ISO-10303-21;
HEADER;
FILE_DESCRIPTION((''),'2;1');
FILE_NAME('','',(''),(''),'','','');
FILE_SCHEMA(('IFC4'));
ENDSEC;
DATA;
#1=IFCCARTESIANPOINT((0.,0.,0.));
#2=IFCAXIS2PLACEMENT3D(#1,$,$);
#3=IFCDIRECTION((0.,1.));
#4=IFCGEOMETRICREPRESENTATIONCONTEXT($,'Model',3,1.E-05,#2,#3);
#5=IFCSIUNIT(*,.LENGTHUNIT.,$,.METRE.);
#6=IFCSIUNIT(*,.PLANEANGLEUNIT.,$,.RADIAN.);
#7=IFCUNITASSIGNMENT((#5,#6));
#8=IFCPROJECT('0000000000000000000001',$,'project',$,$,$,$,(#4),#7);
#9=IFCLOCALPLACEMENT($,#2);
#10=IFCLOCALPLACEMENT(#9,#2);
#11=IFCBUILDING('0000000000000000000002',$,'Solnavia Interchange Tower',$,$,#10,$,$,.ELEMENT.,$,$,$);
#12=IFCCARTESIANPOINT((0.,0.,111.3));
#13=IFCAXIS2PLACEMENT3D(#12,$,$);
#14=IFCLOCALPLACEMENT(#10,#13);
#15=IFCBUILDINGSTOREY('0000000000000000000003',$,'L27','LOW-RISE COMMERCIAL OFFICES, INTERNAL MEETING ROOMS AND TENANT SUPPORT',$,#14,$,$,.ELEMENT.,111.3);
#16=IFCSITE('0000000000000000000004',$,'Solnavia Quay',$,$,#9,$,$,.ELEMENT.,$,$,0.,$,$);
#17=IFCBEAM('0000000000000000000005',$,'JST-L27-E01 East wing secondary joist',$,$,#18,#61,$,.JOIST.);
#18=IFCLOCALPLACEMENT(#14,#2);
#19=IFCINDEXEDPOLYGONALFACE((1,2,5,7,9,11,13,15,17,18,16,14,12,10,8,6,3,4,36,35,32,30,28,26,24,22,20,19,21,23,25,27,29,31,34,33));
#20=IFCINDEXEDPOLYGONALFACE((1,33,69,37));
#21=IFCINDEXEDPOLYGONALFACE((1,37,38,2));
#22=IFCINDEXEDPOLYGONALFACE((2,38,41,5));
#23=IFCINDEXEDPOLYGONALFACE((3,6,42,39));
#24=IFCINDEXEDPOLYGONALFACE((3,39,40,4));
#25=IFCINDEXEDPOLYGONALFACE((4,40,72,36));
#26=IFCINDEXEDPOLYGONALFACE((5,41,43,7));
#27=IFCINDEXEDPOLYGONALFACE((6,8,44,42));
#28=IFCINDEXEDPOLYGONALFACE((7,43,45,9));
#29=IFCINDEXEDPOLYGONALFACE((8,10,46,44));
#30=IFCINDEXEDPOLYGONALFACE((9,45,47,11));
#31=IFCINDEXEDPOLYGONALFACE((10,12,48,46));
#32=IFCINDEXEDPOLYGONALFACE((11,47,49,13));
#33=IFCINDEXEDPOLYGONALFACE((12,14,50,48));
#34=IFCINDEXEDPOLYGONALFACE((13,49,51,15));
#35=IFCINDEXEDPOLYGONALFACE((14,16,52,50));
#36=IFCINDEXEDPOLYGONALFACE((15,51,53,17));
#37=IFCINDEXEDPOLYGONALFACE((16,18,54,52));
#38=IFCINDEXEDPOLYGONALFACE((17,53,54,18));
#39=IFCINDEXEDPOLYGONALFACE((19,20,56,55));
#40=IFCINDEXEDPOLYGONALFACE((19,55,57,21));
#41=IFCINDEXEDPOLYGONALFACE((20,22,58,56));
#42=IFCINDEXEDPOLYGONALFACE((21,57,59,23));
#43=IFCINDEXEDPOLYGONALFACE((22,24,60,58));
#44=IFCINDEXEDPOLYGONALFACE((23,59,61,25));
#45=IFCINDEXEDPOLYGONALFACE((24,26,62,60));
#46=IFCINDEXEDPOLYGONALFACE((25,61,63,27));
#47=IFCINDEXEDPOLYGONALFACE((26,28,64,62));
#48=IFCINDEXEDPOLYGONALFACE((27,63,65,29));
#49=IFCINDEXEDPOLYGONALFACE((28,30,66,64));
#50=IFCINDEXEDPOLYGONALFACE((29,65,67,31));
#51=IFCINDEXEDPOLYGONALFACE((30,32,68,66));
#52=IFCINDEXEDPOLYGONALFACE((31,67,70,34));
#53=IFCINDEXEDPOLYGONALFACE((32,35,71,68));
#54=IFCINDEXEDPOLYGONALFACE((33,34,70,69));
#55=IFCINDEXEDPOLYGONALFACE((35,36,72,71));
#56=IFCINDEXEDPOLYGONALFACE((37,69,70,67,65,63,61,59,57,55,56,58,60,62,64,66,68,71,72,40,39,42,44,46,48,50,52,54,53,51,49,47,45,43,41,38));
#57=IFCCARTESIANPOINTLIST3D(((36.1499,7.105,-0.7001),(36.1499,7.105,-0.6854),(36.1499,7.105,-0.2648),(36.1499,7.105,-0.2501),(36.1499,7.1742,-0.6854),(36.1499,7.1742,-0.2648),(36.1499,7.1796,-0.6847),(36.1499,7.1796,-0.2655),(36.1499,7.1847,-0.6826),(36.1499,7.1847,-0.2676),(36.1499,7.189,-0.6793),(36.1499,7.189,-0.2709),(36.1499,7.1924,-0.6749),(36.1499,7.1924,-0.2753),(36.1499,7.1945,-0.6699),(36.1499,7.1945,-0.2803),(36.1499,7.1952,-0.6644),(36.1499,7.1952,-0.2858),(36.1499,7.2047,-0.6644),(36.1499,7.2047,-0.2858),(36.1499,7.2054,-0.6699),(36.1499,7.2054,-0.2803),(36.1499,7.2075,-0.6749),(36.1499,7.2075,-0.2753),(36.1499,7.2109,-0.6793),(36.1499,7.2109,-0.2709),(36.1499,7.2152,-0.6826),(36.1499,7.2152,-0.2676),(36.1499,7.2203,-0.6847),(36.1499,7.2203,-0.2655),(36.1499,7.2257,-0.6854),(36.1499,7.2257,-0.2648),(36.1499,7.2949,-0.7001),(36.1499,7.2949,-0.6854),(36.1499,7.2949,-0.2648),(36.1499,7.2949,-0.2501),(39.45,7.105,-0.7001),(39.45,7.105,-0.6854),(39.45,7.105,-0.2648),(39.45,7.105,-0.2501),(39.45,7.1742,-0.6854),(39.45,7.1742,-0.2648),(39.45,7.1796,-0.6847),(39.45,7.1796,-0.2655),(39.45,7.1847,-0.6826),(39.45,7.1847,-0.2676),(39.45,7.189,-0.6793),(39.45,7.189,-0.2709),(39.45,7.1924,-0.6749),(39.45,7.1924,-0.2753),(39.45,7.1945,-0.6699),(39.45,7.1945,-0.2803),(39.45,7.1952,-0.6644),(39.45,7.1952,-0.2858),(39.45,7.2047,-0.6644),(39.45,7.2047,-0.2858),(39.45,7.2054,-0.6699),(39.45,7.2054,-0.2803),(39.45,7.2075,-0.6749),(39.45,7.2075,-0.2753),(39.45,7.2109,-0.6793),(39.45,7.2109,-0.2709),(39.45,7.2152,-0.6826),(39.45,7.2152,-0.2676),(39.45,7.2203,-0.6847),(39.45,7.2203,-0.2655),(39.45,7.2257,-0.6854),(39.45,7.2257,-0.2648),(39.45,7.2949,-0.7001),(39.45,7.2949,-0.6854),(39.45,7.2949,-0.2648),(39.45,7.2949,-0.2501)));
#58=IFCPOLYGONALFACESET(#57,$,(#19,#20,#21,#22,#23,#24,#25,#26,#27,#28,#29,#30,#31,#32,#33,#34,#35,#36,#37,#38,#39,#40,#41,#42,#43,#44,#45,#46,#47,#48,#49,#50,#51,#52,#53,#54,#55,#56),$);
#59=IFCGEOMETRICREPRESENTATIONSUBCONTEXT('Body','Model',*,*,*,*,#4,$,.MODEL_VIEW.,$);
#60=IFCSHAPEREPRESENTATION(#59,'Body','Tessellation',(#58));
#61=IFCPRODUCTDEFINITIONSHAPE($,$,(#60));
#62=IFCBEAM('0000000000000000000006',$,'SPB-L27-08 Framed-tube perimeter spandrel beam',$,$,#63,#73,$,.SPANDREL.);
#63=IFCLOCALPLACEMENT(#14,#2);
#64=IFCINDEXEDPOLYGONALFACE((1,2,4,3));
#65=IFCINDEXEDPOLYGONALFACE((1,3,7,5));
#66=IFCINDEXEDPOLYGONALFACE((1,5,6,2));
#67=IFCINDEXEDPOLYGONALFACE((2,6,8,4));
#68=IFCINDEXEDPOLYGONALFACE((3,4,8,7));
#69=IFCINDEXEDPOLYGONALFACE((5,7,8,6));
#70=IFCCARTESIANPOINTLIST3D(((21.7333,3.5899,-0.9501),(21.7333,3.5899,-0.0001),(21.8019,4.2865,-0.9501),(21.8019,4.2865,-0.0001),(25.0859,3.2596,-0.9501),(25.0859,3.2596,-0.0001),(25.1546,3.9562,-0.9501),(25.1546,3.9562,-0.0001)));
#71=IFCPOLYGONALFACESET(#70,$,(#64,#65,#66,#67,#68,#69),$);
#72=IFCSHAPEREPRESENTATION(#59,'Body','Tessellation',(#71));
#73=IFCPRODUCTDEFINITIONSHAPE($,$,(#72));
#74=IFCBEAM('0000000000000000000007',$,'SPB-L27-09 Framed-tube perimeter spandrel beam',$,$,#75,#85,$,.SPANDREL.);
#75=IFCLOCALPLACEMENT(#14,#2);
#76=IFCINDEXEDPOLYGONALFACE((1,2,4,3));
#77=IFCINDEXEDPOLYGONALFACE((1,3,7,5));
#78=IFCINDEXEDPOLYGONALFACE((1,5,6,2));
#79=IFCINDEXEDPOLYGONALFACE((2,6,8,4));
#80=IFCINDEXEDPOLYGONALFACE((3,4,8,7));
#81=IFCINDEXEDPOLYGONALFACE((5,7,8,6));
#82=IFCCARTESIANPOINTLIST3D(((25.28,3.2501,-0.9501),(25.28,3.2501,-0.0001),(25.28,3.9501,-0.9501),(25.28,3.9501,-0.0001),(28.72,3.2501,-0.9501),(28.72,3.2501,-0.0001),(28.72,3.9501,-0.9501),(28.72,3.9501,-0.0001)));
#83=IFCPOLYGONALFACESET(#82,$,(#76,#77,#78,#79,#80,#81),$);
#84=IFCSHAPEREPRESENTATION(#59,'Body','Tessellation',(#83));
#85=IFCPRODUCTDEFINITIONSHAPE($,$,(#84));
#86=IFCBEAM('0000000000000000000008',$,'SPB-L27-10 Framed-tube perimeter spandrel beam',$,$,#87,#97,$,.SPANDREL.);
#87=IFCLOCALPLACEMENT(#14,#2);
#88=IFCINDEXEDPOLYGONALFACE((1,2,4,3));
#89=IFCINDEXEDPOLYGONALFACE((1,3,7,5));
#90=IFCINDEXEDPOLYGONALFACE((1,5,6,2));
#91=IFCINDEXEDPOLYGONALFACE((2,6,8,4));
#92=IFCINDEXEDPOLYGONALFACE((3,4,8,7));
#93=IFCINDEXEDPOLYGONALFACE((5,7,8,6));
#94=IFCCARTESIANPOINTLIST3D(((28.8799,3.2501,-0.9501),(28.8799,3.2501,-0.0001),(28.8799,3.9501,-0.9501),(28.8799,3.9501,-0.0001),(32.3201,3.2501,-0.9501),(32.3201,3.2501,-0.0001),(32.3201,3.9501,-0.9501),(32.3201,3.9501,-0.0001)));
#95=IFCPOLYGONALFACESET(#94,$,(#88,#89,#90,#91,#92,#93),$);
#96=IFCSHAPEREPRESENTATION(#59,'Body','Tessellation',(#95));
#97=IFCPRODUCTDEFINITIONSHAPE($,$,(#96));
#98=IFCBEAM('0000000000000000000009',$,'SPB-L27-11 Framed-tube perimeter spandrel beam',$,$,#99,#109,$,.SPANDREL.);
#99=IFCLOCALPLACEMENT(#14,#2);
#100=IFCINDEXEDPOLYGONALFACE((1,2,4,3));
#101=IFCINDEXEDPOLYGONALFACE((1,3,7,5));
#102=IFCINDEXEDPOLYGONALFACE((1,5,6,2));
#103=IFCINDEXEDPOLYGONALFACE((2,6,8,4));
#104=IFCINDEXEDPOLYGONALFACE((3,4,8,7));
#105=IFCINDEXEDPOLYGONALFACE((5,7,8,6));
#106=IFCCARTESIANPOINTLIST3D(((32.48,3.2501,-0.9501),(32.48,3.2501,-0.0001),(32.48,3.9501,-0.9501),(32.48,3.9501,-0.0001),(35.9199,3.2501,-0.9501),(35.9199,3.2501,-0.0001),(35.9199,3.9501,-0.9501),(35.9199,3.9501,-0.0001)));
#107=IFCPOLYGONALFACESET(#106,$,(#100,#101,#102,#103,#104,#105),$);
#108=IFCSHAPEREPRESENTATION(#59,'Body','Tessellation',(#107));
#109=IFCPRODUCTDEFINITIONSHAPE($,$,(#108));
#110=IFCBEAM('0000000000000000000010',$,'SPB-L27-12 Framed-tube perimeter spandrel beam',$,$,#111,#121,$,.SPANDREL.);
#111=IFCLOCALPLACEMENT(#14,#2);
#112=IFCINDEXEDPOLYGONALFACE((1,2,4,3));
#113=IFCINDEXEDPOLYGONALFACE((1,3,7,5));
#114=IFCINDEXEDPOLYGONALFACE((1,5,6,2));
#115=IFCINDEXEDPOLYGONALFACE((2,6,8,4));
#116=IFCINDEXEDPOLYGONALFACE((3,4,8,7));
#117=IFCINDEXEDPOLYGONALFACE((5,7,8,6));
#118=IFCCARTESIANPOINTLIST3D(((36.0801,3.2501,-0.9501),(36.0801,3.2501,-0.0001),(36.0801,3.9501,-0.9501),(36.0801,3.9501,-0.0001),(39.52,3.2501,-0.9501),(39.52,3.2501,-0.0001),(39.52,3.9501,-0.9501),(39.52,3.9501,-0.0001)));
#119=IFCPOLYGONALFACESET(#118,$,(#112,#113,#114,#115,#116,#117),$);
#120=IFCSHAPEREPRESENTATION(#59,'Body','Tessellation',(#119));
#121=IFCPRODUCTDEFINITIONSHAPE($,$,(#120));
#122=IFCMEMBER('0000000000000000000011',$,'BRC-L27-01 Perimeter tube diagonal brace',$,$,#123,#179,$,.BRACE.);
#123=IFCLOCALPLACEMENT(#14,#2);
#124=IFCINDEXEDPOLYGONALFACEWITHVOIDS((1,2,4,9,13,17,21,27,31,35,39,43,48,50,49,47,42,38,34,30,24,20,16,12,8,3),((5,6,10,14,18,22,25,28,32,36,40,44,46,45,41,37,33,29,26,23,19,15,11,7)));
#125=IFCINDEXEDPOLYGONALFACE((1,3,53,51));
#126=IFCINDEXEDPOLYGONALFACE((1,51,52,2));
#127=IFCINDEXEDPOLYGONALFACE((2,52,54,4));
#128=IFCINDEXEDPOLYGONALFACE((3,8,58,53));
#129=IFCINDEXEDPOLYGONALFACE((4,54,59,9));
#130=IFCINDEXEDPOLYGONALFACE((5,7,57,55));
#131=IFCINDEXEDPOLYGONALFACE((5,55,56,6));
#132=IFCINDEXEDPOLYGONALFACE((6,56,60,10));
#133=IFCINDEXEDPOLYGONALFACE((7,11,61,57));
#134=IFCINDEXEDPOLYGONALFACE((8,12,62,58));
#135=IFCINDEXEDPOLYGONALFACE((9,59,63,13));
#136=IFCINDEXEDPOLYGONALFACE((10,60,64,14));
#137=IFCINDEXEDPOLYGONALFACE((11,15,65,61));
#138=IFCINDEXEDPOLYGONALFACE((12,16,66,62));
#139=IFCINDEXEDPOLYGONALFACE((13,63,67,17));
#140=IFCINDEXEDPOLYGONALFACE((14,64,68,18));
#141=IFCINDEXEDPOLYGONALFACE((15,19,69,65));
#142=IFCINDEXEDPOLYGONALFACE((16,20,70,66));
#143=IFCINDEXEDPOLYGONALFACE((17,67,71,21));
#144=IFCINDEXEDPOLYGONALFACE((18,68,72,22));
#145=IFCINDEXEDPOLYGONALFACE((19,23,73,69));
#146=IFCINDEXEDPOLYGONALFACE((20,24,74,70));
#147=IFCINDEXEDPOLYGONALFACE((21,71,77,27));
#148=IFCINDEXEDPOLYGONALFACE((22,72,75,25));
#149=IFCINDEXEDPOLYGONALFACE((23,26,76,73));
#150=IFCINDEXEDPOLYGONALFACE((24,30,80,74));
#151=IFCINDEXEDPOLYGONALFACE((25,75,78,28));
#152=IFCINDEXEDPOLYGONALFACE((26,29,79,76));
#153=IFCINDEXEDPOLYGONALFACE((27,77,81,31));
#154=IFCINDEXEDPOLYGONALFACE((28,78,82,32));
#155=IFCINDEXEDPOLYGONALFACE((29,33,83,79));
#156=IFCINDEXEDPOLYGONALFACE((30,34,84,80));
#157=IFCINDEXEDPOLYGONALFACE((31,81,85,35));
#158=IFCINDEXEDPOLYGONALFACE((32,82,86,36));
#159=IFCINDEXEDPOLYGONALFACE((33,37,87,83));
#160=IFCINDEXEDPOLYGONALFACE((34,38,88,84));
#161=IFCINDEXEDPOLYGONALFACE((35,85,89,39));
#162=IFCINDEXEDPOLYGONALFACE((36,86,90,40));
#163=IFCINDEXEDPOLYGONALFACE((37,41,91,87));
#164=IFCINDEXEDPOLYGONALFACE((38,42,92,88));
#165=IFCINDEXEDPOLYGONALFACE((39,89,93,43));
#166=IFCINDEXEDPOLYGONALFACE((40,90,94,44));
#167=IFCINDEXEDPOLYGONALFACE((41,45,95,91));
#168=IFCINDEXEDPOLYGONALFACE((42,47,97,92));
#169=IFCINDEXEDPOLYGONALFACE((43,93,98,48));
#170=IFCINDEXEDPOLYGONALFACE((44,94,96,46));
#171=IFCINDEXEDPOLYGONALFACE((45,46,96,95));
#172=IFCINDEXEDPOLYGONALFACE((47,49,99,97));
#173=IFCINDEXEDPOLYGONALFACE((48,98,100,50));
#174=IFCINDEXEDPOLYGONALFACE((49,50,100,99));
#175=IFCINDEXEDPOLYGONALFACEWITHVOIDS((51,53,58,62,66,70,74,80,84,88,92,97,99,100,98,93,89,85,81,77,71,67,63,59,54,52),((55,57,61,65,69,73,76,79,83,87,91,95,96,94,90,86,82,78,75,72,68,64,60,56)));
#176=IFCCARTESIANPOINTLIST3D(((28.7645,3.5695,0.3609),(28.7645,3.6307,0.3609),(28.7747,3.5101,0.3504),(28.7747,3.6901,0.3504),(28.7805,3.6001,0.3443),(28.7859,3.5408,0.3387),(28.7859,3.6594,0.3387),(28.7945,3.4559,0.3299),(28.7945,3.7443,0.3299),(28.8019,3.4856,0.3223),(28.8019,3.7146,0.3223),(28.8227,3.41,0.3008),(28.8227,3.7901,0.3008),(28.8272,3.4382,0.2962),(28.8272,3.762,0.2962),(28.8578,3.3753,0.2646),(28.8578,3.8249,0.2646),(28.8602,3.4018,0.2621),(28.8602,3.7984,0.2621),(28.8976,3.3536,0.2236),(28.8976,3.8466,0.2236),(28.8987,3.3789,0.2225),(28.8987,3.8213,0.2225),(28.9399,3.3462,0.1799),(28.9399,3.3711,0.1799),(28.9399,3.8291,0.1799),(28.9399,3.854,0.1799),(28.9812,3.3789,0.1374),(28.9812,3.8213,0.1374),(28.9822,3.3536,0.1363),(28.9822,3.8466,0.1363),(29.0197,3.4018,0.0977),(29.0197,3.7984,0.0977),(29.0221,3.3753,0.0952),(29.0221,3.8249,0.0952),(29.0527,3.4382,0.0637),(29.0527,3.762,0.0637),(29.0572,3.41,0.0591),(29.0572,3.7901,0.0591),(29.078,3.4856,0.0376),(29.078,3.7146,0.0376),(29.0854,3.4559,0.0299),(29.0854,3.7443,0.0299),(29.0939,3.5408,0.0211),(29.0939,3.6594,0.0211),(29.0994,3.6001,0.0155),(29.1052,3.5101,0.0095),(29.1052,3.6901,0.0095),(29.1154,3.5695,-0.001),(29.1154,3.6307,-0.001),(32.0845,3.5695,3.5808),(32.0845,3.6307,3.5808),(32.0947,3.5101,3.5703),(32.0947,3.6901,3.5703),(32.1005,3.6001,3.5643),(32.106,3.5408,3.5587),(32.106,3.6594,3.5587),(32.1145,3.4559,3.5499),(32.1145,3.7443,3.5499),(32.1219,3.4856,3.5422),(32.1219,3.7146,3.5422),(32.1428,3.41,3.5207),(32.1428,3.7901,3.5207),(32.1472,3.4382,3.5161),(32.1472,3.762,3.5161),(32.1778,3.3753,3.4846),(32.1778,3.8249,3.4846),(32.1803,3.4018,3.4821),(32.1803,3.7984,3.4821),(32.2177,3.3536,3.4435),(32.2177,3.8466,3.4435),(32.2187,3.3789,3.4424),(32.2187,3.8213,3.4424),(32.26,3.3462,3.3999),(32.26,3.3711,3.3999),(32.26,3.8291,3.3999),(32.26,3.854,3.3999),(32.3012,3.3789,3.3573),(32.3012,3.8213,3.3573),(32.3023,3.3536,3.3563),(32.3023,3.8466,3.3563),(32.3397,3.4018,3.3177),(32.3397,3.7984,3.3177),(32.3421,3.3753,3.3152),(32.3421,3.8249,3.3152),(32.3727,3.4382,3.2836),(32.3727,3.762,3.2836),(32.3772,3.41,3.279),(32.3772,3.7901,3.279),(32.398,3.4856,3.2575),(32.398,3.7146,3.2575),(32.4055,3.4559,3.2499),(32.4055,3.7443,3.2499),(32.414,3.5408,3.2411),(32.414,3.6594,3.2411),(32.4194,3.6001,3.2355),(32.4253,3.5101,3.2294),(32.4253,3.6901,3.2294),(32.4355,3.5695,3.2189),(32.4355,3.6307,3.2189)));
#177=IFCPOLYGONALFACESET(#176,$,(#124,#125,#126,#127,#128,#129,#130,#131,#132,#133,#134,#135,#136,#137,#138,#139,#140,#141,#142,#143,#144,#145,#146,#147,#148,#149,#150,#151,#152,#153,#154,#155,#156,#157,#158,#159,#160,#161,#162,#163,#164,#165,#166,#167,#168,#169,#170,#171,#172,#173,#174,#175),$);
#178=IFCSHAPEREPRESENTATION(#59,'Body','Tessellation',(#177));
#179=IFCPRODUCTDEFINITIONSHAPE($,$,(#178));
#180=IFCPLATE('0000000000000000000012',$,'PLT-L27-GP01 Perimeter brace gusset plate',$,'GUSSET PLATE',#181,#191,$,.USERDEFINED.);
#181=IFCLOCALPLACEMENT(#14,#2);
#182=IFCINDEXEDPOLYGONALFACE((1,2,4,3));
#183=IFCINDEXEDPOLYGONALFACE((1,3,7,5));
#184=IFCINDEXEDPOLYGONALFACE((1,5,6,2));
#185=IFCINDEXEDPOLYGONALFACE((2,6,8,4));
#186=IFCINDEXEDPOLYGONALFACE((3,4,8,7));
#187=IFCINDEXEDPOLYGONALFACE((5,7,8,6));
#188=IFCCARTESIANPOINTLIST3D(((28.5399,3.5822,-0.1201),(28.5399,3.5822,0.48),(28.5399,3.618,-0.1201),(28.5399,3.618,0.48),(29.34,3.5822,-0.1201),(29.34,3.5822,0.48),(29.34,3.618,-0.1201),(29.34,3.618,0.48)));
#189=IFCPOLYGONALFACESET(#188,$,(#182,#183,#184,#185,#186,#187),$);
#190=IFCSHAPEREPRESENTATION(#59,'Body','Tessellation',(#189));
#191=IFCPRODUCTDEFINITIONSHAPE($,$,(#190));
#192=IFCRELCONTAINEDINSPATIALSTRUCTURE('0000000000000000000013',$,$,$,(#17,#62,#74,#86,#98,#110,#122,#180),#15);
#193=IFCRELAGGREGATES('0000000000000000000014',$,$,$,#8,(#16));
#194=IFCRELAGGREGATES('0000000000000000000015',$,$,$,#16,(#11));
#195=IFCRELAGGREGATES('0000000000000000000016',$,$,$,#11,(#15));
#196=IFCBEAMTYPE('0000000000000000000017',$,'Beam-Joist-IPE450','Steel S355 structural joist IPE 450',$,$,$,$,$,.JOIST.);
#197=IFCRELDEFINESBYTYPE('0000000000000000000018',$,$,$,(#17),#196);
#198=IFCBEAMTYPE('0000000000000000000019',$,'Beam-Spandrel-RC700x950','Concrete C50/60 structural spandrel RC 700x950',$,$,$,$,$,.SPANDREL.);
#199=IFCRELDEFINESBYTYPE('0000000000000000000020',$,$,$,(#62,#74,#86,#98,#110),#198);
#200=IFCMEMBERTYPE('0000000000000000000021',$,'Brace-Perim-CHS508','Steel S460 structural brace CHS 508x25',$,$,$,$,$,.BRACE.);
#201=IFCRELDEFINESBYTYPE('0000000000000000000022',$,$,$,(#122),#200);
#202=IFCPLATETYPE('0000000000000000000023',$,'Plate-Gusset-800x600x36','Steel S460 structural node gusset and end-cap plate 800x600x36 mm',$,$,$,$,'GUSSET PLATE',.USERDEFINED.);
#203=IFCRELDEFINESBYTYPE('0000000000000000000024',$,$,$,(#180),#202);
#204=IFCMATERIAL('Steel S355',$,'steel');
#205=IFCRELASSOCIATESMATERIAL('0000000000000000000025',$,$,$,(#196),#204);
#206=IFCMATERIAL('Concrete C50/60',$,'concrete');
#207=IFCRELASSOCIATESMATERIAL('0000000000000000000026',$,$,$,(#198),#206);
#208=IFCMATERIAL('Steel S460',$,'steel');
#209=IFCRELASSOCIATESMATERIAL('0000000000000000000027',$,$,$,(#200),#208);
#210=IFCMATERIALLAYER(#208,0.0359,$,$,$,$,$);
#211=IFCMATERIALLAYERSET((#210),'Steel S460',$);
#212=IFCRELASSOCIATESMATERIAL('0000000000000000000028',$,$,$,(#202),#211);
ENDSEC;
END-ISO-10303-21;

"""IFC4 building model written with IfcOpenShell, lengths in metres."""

from ifc_helpers import new_model, si_unit, direction, frame, origin, origin_2d, place, context, subcontext, project, spatial, rectangle, hollow_circle, i_section, extrude, material, layer, layer_set, material_profile, profile_set, type_object, element, save


model = new_model("IFC4")

# Units and contexts
model_context = context("Model", 3, precision=1e-05, world=origin(), true_north=direction((0.0, 1.0)))
body_context = subcontext(model_context, "Body", "Model", "MODEL_VIEW")
ifc_project = project(units=[si_unit("LENGTHUNIT", "METRE"), si_unit("PLANEANGLEUNIT", "RADIAN")], contexts=[model_context])

# Site, building, storey
site_placement = place(None, origin())
site = spatial("IfcSite", under=ifc_project, at=site_placement, Name="Solnavia Quay", CompositionType="ELEMENT", RefElevation=0.0)
building_placement = place(site_placement, origin())
building = spatial("IfcBuilding", under=site, at=building_placement, Name="Solnavia Interchange Tower", CompositionType="ELEMENT")
storey_placement = place(building_placement, frame((0.0, 0.0, 111.3)))
storey = spatial("IfcBuildingStorey", under=building, at=storey_placement, Name="L27", Description="LOW-RISE COMMERCIAL OFFICES, INTERNAL MEETING ROOMS AND TENANT SUPPORT", CompositionType="ELEMENT", Elevation=111.3)

# Shared definitions
ifc_material_1 = material(Name="Concrete C50/60", Category="concrete")

# Beams
ifc_material_2 = material(Name="Steel S460", Category="steel")
ifc_material_3 = material(Name="Steel S355", Category="steel")
ifc_material_profile_1 = material_profile(ifc_material_3, i_section(OverallWidth=0.1899, OverallDepth=0.45, WebThickness=0.0095, FlangeThickness=0.0146, FilletRadius=0.021, at=origin_2d()), Name="IPE 450")
ifc_profile_set_1 = profile_set([ifc_material_profile_1], Name="Steel S355")
beam_type_1 = type_object("IfcBeamType", Name="Beam-Joist-IPE450", Description="Steel S355 structural joist IPE 450", PredefinedType="JOIST", material=ifc_profile_set_1)
beam_1_placement = place(storey_placement, frame((36.1499, 7.2, -0.4751), z_axis=(1.0, 0.0, 0.0), x_axis=(0.0, 1.0, 0.0)))
element("IfcBeam", 1, at=beam_1_placement, inside=storey, type_object=beam_type_1, Name="JST-L27-E01 East wing secondary joist", PredefinedType="JOIST", context=body_context, shape_type="SweptSolid", body=[
    extrude(i_section(OverallWidth=0.1899, OverallDepth=0.45, WebThickness=0.0095, FlangeThickness=0.0146, FilletRadius=0.021, at=origin_2d()), origin(), (0.0, 0.0, 1.0), 3.3),
])
ifc_material_profile_2 = material_profile(ifc_material_1, rectangle(XDim=0.7, YDim=0.95, at=origin_2d()), Name="RC 700x950")
ifc_profile_set_2 = profile_set([ifc_material_profile_2], Name="Concrete C50/60")
beam_type_2 = type_object("IfcBeamType", Name="Beam-Spandrel-RC700x950", Description="Concrete C50/60 structural spandrel RC 700x950", PredefinedType="SPANDREL", material=ifc_profile_set_2)
beam_2_placement = place(storey_placement, frame((21.7676, 3.9382, -0.4751), z_axis=(0.995182, -0.098047, 0.0), x_axis=(0.098047, 0.995182, 0.0)))
element("IfcBeam", 2, at=beam_2_placement, inside=storey, type_object=beam_type_2, Name="SPB-L27-08 Framed-tube perimeter spandrel beam", PredefinedType="SPANDREL", context=body_context, shape_type="SweptSolid", body=[
    extrude(rectangle(XDim=0.7, YDim=0.95, at=origin_2d()), origin(), (0.0, 0.0, 1.0), 3.3689),
])
beam_3_placement = place(storey_placement, frame((25.28, 3.6001, -0.4751), z_axis=(1.0, 0.0, 0.0), x_axis=(0.0, 1.0, 0.0)))
element("IfcBeam", 3, at=beam_3_placement, inside=storey, type_object=beam_type_2, Name="SPB-L27-09 Framed-tube perimeter spandrel beam", PredefinedType="SPANDREL", context=body_context, shape_type="SweptSolid", body=[
    extrude(rectangle(XDim=0.7, YDim=0.95, at=origin_2d()), origin(), (0.0, 0.0, 1.0), 3.4399),
])
beam_4_placement = place(storey_placement, frame((28.8799, 3.6001, -0.4751), z_axis=(1.0, 0.0, 0.0), x_axis=(0.0, 1.0, 0.0)))
element("IfcBeam", 4, at=beam_4_placement, inside=storey, type_object=beam_type_2, Name="SPB-L27-10 Framed-tube perimeter spandrel beam", PredefinedType="SPANDREL", context=body_context, shape_type="SweptSolid", body=[
    extrude(rectangle(XDim=0.7, YDim=0.95, at=origin_2d()), origin(), (0.0, 0.0, 1.0), 3.4402),
])
for number, where, z_axis, x_axis, name in (
    (5, (32.48, 3.6001, -0.4751), (1.0, 0.0, 0.0), (0.0, 1.0, 0.0), "SPB-L27-11 Framed-tube perimeter spandrel beam"),
    (6, (36.0801, 3.6001, -0.4751), (1.0, 0.0, 0.0), (0.0, 1.0, 0.0), "SPB-L27-12 Framed-tube perimeter spandrel beam"),
):
    element("IfcBeam", number, at=place(storey_placement, frame(where, z_axis=z_axis, x_axis=x_axis)), inside=storey, type_object=beam_type_2, Name=name, PredefinedType="SPANDREL", context=body_context, shape_type="SweptSolid", body=[
        extrude(rectangle(XDim=0.7, YDim=0.95, at=origin_2d()), origin(), (0.0, 0.0, 1.0), 3.4399),
    ])

# Member
ifc_material_profile_3 = material_profile(ifc_material_2, hollow_circle(Radius=0.2539, WallThickness=0.0249, at=origin_2d()), Name="CHS 508x25")
ifc_profile_set_3 = profile_set([ifc_material_profile_3], Name="Steel S460")
member_type = type_object("IfcMemberType", Name="Brace-Perim-CHS508", Description="Steel S460 structural brace CHS 508x25", PredefinedType="BRACE", material=ifc_profile_set_3)
member_placement = place(storey_placement, frame((28.9399, 3.6001, 0.1799), z_axis=(0.717845, 0.0, 0.696203), x_axis=(0.0, 1.0, 0.0)))
element("IfcMember", 7, at=member_placement, inside=storey, type_object=member_type, Name="BRC-L27-01 Perimeter tube diagonal brace", PredefinedType="BRACE", context=body_context, shape_type="SweptSolid", body=[
    extrude(hollow_circle(Radius=0.2539, WallThickness=0.0249, at=origin_2d()), origin(), (0.0, 0.0, 1.0), 4.625),
])

# Plate
ifc_layer_1 = layer(ifc_material_2, 0.0359)
ifc_layer_set_1 = layer_set([ifc_layer_1], Name="Steel S460")
plate_type = type_object("IfcPlateType", Name="Plate-Gusset-800x600x36", Description="Steel S460 structural node gusset and end-cap plate 800x600x36 mm", ElementType="GUSSET PLATE", PredefinedType="USERDEFINED", material=ifc_layer_set_1)
for number, where, z_axis, x_axis, name in (
    (8, (28.9399, 3.6001, -0.1201), (0.0, 0.0, 1.0), (1.0, 0.0, 0.0), "PLT-L27-GP01 Perimeter brace gusset plate"),
):
    element("IfcPlate", number, at=place(storey_placement, frame(where, z_axis=z_axis, x_axis=x_axis)), inside=storey, type_object=plate_type, Name=name, ObjectType="GUSSET PLATE", PredefinedType="USERDEFINED", context=body_context, shape_type="SweptSolid", body=[
        extrude(rectangle(XDim=0.8, YDim=0.0359, at=origin_2d()), origin(), (0.0, 0.0, 1.0), 0.6001),
    ])

save(model, "model.ifc")
